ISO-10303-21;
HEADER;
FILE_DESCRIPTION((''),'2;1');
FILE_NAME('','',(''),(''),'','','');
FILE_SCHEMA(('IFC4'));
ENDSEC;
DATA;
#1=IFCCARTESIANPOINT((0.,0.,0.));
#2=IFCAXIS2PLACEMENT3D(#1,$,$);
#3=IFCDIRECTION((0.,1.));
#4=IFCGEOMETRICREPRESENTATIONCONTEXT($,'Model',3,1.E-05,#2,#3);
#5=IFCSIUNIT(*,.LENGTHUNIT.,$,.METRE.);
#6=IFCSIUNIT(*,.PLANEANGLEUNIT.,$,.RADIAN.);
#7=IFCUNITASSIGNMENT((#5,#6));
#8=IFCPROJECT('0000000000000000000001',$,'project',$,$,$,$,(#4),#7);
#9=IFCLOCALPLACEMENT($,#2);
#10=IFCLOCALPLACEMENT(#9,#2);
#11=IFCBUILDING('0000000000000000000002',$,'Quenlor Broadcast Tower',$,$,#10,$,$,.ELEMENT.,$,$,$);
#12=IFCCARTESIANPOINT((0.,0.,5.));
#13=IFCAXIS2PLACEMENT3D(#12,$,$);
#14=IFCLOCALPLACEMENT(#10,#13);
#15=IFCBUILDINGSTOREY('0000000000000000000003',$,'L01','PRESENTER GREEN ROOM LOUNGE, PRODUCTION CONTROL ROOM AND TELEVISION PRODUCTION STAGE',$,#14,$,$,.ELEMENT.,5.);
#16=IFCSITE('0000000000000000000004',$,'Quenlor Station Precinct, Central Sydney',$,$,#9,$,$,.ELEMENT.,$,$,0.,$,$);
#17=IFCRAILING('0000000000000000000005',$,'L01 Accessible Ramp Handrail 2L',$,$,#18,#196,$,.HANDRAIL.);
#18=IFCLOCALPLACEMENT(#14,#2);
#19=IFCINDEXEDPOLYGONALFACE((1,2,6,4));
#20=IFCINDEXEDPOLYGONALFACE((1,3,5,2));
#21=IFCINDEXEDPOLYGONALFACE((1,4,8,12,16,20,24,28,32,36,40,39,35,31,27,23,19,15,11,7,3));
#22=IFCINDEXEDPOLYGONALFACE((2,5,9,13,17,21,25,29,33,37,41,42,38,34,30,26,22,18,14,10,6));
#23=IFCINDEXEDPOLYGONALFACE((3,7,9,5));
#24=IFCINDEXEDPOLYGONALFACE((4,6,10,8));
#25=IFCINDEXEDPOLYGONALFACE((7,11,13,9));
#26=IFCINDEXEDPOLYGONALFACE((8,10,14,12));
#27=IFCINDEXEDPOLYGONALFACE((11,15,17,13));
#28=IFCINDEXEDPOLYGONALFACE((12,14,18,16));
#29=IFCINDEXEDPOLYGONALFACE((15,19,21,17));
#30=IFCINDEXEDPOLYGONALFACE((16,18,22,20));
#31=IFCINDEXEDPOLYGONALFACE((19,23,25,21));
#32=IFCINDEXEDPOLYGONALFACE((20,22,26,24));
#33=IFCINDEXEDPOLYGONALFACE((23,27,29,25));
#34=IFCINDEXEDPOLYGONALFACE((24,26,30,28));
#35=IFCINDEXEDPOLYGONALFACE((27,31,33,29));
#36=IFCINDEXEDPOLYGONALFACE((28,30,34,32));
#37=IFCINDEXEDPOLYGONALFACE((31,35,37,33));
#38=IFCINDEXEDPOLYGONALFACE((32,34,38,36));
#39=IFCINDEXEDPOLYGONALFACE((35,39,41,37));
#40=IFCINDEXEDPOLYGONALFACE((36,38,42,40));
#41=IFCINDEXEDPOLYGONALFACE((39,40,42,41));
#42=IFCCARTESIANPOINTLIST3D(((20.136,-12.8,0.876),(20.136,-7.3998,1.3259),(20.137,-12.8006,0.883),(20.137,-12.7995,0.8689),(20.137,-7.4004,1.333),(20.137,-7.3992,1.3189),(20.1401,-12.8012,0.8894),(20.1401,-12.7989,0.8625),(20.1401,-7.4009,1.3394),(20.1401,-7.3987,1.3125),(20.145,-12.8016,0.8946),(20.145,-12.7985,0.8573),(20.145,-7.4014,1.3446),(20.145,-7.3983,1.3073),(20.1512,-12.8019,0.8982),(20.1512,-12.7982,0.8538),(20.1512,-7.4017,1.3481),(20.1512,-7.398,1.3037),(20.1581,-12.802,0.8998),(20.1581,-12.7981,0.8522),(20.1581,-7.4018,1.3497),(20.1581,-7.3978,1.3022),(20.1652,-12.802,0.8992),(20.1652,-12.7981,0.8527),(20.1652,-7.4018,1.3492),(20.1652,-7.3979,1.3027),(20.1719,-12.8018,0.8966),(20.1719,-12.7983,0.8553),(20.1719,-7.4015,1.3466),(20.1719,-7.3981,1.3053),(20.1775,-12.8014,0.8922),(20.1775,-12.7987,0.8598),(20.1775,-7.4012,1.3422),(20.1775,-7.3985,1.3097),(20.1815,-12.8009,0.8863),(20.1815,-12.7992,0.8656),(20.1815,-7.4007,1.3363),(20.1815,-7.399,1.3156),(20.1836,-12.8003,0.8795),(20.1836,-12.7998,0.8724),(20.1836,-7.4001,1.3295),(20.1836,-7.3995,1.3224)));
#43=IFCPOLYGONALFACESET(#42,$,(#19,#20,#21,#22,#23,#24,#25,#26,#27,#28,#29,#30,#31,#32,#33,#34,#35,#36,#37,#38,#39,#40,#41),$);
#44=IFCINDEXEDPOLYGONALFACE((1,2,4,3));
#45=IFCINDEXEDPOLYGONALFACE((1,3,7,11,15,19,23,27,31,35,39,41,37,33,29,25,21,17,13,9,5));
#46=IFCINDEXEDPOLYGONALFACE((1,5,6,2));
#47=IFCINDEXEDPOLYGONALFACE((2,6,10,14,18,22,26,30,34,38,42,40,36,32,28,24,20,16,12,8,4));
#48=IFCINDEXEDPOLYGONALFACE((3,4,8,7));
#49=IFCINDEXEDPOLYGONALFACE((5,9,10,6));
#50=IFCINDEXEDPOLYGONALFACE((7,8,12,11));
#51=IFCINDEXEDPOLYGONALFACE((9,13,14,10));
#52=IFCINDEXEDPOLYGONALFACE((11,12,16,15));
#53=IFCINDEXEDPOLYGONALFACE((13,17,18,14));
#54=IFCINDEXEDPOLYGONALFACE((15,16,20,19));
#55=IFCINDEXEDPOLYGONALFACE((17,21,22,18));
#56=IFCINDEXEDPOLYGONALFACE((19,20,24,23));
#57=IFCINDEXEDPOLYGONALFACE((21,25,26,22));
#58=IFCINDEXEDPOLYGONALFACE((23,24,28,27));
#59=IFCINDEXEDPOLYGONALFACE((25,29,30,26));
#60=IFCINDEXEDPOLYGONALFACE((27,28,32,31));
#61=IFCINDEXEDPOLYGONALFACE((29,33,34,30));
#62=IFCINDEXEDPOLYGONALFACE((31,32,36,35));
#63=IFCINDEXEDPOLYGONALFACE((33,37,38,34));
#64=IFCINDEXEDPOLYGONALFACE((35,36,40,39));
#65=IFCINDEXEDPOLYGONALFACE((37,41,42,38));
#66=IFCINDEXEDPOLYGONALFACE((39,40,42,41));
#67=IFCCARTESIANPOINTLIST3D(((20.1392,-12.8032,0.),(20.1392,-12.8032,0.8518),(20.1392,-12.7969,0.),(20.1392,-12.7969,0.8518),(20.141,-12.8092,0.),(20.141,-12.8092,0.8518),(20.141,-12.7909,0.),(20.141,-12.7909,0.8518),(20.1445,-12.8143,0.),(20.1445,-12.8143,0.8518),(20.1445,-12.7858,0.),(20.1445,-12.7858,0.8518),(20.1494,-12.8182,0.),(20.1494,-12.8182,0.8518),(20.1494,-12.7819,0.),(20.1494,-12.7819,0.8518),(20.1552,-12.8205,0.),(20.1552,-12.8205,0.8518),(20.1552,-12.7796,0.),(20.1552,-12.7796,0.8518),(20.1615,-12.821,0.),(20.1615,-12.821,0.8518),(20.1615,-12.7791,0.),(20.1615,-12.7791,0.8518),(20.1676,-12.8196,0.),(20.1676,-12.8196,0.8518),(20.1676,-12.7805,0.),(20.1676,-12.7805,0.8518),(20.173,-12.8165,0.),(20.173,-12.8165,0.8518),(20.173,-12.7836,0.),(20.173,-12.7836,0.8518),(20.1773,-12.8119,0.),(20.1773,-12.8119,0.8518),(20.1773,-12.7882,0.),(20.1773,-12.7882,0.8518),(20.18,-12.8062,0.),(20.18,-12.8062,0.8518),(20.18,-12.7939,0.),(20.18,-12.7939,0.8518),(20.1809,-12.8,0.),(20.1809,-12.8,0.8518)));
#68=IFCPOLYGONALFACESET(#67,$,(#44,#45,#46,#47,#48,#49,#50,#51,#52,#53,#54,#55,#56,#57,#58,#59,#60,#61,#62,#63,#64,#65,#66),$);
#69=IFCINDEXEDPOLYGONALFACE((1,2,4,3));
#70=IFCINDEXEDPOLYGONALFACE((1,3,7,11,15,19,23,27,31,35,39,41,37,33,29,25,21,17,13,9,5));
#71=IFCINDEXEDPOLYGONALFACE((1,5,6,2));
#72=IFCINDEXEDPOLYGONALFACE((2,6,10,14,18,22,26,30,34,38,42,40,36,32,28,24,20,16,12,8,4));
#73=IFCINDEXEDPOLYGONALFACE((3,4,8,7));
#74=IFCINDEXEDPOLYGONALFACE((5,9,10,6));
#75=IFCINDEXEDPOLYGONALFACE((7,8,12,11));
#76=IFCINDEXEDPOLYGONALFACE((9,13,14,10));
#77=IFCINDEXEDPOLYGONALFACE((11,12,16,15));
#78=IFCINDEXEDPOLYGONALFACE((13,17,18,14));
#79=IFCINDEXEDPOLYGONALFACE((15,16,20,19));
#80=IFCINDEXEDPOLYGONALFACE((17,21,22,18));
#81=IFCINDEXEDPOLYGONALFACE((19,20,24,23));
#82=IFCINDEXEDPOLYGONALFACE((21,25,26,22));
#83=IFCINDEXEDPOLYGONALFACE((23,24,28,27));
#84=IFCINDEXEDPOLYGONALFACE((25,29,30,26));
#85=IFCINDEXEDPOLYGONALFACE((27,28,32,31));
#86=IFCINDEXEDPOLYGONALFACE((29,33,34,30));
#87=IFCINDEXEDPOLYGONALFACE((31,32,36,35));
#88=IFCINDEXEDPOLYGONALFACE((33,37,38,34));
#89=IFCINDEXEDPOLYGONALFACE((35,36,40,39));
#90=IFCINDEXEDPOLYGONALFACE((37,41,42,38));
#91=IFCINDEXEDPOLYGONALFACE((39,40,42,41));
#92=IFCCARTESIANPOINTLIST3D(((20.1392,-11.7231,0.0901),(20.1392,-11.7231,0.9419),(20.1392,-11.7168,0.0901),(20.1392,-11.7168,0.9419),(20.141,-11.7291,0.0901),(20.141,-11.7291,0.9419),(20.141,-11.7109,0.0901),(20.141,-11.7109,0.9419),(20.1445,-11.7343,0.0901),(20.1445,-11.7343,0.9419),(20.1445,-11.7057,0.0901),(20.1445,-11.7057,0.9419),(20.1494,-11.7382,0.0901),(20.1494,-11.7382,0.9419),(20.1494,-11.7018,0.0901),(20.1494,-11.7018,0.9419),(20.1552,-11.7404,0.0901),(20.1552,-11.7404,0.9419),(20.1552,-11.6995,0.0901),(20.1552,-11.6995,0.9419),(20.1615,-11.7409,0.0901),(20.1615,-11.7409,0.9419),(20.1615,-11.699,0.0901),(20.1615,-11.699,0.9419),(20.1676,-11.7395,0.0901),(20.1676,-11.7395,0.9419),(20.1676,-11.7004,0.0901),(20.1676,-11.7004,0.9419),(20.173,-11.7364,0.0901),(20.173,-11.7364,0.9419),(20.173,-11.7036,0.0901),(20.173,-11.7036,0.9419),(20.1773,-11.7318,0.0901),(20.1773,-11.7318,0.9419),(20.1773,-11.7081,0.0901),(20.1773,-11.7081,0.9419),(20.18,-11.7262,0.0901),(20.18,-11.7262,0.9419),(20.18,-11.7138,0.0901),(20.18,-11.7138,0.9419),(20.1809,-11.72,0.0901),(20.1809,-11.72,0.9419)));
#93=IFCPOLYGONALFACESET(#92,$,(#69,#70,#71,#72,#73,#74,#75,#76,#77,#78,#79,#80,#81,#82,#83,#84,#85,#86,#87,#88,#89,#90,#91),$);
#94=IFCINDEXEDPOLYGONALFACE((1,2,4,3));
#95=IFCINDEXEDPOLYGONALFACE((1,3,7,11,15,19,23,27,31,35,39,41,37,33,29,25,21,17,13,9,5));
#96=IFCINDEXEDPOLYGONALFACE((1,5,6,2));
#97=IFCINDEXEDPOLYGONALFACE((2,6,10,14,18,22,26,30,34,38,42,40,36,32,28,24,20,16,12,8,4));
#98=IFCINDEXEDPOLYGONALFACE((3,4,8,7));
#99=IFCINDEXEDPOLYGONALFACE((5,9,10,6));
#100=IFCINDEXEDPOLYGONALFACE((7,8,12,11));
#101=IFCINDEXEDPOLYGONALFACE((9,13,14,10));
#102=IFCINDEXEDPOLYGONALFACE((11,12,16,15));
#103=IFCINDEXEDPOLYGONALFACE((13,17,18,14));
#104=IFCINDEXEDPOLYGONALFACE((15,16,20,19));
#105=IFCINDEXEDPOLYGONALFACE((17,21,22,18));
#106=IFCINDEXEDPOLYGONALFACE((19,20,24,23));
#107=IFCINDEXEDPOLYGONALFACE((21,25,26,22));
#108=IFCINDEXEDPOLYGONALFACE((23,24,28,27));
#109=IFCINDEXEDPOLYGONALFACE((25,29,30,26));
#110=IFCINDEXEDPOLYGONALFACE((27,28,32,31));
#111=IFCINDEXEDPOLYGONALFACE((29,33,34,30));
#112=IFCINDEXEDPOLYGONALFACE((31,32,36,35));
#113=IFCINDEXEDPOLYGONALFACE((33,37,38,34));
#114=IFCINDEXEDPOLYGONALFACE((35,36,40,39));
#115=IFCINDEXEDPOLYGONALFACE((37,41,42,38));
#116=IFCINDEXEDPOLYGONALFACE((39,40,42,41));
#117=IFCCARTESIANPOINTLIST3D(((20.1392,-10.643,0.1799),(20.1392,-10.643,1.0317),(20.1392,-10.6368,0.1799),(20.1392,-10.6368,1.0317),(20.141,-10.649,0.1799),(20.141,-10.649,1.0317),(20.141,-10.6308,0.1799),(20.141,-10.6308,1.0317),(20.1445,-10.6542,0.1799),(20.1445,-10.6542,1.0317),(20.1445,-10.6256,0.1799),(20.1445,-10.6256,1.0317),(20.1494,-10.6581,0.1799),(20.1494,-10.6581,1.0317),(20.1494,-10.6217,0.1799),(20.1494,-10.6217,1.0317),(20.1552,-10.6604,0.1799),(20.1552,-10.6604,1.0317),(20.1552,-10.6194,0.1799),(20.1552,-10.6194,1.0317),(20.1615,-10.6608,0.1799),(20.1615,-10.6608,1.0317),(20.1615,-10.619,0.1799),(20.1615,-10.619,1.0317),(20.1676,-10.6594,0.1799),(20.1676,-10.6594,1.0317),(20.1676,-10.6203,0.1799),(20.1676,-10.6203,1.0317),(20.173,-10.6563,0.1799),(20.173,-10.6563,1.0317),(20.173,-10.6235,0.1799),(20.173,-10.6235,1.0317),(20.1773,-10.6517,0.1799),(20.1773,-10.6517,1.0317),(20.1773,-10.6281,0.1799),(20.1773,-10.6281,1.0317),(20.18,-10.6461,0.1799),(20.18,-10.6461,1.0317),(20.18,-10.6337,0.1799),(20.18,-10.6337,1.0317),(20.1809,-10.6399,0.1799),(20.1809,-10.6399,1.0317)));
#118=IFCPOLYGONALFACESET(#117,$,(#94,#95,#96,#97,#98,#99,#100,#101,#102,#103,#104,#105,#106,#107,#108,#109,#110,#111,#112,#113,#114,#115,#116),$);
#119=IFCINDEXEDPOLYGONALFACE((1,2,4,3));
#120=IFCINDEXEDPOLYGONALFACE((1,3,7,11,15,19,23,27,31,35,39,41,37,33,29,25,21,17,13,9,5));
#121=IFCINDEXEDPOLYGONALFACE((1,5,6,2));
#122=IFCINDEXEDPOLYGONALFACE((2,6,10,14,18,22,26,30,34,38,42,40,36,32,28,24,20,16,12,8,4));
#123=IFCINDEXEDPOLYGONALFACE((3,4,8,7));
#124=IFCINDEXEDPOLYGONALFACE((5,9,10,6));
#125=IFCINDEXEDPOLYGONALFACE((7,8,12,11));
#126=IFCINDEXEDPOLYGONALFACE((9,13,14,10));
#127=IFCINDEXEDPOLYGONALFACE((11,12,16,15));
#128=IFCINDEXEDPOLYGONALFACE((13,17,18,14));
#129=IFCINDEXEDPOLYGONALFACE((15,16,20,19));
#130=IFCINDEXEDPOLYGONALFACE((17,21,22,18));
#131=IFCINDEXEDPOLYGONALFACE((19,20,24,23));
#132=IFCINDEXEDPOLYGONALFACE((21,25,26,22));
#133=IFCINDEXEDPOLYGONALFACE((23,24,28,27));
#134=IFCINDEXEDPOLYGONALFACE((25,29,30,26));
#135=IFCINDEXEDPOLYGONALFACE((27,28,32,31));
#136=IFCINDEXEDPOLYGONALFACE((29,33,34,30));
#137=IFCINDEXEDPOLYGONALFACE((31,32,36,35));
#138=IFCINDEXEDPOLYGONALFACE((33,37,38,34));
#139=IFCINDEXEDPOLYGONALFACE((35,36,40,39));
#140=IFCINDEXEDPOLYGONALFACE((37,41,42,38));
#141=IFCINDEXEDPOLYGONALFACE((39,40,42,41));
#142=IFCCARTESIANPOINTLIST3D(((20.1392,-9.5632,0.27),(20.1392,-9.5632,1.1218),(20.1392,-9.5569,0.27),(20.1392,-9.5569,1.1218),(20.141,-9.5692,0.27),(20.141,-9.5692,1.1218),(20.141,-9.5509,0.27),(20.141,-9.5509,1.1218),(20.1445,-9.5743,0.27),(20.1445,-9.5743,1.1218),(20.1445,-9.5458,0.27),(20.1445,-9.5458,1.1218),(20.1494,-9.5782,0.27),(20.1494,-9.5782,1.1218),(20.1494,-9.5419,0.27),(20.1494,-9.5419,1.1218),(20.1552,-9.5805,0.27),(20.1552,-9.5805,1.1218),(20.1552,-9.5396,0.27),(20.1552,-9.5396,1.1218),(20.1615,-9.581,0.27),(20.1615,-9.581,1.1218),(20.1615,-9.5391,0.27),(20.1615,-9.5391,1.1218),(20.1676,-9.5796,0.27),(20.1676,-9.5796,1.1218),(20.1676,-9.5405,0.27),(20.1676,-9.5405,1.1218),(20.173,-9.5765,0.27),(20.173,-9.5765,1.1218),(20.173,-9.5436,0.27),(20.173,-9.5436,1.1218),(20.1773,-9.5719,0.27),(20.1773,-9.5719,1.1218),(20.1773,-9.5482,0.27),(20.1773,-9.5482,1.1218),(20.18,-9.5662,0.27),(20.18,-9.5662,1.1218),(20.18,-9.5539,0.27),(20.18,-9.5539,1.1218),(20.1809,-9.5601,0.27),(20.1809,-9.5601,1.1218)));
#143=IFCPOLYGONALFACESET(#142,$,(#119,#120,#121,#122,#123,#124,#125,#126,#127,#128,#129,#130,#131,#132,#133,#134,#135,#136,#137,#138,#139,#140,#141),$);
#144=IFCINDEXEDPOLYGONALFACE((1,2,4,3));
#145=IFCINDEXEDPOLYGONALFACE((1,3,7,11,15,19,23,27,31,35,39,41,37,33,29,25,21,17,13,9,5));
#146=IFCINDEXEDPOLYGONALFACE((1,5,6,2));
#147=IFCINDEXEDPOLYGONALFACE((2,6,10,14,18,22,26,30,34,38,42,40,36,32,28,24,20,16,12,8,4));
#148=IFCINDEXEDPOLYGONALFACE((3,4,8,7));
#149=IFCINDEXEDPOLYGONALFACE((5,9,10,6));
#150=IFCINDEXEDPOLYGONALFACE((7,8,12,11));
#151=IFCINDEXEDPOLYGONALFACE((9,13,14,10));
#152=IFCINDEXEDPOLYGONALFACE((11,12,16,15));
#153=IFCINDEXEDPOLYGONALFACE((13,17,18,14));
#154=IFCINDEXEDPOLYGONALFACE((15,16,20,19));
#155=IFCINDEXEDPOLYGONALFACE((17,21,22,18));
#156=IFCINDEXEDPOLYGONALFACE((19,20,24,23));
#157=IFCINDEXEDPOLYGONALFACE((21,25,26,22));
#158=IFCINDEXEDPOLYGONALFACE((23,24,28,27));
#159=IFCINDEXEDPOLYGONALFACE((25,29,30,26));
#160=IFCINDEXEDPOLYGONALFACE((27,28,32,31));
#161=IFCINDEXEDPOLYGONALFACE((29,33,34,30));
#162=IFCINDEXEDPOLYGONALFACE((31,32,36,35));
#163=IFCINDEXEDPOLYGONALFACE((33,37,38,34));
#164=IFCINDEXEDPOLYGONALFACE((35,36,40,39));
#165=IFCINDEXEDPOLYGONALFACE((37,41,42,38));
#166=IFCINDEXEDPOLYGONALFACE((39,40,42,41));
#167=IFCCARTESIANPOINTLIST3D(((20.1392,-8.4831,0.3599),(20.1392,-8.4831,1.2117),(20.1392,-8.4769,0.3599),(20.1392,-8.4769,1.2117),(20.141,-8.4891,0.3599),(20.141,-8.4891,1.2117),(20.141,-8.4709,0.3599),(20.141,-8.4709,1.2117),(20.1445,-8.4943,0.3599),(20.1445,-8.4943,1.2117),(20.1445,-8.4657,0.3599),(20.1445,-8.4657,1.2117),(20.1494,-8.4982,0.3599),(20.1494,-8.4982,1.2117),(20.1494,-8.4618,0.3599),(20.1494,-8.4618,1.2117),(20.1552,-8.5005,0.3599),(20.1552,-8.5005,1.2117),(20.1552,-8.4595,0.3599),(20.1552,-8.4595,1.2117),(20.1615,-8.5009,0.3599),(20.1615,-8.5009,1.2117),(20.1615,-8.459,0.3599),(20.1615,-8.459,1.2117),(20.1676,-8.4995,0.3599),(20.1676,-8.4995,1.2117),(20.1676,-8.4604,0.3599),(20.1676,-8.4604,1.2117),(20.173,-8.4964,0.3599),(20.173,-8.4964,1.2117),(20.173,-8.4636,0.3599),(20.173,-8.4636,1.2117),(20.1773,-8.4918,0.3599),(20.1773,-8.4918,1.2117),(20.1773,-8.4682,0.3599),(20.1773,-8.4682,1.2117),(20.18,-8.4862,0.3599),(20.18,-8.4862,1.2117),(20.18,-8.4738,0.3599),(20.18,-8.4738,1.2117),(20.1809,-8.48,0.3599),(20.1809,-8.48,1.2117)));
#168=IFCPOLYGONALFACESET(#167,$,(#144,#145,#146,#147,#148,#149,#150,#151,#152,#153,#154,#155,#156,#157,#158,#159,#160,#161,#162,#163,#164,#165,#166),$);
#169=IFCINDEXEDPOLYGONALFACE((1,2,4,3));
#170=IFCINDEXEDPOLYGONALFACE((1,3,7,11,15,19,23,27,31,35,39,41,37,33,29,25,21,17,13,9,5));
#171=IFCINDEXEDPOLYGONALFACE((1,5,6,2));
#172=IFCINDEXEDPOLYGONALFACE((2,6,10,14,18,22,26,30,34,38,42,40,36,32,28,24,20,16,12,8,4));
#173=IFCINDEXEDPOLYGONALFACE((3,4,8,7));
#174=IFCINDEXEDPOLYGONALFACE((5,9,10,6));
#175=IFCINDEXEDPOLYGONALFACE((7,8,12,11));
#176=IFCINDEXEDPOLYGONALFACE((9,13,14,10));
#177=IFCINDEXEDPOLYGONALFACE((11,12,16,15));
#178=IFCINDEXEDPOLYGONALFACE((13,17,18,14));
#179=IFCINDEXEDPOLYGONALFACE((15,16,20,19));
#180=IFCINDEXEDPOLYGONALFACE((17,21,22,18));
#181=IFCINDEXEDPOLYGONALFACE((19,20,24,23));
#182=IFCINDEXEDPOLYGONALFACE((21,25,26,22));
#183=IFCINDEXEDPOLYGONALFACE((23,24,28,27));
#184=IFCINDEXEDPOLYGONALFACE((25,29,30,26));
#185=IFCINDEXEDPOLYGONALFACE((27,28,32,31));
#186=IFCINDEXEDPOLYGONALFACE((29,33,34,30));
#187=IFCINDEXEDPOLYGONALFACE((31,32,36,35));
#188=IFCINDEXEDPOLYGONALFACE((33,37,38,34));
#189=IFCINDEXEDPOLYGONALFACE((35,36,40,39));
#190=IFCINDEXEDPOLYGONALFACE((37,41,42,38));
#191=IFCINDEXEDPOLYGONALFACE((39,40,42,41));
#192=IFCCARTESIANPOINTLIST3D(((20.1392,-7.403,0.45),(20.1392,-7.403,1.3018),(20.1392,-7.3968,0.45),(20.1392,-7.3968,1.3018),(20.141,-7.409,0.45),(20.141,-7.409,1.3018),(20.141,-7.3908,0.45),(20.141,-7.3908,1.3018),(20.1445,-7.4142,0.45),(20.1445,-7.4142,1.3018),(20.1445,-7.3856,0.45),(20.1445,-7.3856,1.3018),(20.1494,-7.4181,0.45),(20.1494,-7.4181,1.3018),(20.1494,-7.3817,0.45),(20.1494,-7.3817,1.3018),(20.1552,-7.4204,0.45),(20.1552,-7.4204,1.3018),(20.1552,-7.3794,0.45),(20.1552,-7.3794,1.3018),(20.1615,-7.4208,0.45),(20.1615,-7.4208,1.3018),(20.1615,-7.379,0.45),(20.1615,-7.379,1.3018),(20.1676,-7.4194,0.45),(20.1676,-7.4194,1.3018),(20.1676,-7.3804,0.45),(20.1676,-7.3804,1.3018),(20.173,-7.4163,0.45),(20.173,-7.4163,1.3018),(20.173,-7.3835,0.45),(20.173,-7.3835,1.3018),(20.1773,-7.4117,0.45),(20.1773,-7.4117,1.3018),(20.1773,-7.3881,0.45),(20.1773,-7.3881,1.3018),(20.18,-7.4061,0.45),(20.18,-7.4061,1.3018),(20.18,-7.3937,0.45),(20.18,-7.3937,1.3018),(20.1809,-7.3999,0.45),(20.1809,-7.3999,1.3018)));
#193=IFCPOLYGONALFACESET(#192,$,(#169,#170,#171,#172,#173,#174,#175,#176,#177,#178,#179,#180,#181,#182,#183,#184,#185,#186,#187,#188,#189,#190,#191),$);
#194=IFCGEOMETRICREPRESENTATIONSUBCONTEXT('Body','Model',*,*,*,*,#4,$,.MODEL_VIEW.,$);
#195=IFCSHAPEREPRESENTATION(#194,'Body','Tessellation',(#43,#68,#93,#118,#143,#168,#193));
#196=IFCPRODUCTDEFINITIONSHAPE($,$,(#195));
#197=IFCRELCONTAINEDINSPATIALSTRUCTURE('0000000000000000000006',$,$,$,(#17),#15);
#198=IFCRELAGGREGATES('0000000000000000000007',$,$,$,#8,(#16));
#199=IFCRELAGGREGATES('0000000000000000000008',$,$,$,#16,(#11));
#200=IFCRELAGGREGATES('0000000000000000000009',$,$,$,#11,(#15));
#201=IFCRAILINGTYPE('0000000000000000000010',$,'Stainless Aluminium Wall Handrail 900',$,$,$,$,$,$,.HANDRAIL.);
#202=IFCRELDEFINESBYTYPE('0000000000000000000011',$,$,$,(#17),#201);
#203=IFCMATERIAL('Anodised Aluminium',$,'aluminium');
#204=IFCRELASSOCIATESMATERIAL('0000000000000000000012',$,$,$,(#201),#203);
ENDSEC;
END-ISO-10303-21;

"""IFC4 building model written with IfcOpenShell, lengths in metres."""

from ifc_helpers import new_model, si_unit, direction, frame, origin, origin_2d, place, context, subcontext, project, spatial, circle, extrude, material, type_object, element, save


model = new_model("IFC4")

# Units and contexts
model_context = context("Model", 3, precision=1e-05, world=origin(), true_north=direction((0.0, 1.0)))
body_context = subcontext(model_context, "Body", "Model", "MODEL_VIEW")
ifc_project = project(units=[si_unit("LENGTHUNIT", "METRE"), si_unit("PLANEANGLEUNIT", "RADIAN")], contexts=[model_context])

# Site, building, storey
site_placement = place(None, origin())
site = spatial("IfcSite", under=ifc_project, at=site_placement, Name="Quenlor Station Precinct, Central Sydney", CompositionType="ELEMENT", RefElevation=0.0)
building_placement = place(site_placement, origin())
building = spatial("IfcBuilding", under=site, at=building_placement, Name="Quenlor Broadcast Tower", CompositionType="ELEMENT")
storey_placement = place(building_placement, frame((0.0, 0.0, 5.0)))
storey = spatial("IfcBuildingStorey", under=building, at=storey_placement, Name="L01", Description="PRESENTER GREEN ROOM LOUNGE, PRODUCTION CONTROL ROOM AND TELEVISION PRODUCTION STAGE", CompositionType="ELEMENT", Elevation=5.0)

# Railing
ifc_material_1 = material(Name="Anodised Aluminium", Category="aluminium")
railing_type = type_object("IfcRailingType", Name="Stainless Aluminium Wall Handrail 900", PredefinedType="HANDRAIL", material=ifc_material_1)
for number, where, name in (
    (1, (20.1599, -12.8, 0.0), "L01 Accessible Ramp Handrail 2L"),
):
    element("IfcRailing", number, at=place(storey_placement, frame(where)), inside=storey, type_object=railing_type, Name=name, PredefinedType="HANDRAIL", context=body_context, shape_type="SweptSolid", body=[
        extrude(circle(Radius=0.0239, at=origin_2d()), frame((0.0, 0.0, 0.876), z_axis=(0.0, 0.996547, 0.083034), x_axis=(-1.0, 0.0, 0.0)), (0.0, 0.0, 1.0), 5.4189),
        extrude(circle(Radius=0.021, at=origin_2d()), origin(), (0.0, 0.0, 1.0), 0.8518),
        extrude(circle(Radius=0.021, at=origin_2d()), frame((0.0, 1.0801, 0.0901)), (0.0, 0.0, 1.0), 0.8518),
        extrude(circle(Radius=0.021, at=origin_2d()), frame((0.0, 2.1602, 0.1799)), (0.0, 0.0, 1.0), 0.8518),
        extrude(circle(Radius=0.021, at=origin_2d()), frame((0.0, 3.24, 0.27)), (0.0, 0.0, 1.0), 0.8518),
        extrude(circle(Radius=0.021, at=origin_2d()), frame((0.0, 4.3201, 0.3599)), (0.0, 0.0, 1.0), 0.8518),
        extrude(circle(Radius=0.021, at=origin_2d()), frame((0.0, 5.4001, 0.45)), (0.0, 0.0, 1.0), 0.8518),
    ])

save(model, "model.ifc")
